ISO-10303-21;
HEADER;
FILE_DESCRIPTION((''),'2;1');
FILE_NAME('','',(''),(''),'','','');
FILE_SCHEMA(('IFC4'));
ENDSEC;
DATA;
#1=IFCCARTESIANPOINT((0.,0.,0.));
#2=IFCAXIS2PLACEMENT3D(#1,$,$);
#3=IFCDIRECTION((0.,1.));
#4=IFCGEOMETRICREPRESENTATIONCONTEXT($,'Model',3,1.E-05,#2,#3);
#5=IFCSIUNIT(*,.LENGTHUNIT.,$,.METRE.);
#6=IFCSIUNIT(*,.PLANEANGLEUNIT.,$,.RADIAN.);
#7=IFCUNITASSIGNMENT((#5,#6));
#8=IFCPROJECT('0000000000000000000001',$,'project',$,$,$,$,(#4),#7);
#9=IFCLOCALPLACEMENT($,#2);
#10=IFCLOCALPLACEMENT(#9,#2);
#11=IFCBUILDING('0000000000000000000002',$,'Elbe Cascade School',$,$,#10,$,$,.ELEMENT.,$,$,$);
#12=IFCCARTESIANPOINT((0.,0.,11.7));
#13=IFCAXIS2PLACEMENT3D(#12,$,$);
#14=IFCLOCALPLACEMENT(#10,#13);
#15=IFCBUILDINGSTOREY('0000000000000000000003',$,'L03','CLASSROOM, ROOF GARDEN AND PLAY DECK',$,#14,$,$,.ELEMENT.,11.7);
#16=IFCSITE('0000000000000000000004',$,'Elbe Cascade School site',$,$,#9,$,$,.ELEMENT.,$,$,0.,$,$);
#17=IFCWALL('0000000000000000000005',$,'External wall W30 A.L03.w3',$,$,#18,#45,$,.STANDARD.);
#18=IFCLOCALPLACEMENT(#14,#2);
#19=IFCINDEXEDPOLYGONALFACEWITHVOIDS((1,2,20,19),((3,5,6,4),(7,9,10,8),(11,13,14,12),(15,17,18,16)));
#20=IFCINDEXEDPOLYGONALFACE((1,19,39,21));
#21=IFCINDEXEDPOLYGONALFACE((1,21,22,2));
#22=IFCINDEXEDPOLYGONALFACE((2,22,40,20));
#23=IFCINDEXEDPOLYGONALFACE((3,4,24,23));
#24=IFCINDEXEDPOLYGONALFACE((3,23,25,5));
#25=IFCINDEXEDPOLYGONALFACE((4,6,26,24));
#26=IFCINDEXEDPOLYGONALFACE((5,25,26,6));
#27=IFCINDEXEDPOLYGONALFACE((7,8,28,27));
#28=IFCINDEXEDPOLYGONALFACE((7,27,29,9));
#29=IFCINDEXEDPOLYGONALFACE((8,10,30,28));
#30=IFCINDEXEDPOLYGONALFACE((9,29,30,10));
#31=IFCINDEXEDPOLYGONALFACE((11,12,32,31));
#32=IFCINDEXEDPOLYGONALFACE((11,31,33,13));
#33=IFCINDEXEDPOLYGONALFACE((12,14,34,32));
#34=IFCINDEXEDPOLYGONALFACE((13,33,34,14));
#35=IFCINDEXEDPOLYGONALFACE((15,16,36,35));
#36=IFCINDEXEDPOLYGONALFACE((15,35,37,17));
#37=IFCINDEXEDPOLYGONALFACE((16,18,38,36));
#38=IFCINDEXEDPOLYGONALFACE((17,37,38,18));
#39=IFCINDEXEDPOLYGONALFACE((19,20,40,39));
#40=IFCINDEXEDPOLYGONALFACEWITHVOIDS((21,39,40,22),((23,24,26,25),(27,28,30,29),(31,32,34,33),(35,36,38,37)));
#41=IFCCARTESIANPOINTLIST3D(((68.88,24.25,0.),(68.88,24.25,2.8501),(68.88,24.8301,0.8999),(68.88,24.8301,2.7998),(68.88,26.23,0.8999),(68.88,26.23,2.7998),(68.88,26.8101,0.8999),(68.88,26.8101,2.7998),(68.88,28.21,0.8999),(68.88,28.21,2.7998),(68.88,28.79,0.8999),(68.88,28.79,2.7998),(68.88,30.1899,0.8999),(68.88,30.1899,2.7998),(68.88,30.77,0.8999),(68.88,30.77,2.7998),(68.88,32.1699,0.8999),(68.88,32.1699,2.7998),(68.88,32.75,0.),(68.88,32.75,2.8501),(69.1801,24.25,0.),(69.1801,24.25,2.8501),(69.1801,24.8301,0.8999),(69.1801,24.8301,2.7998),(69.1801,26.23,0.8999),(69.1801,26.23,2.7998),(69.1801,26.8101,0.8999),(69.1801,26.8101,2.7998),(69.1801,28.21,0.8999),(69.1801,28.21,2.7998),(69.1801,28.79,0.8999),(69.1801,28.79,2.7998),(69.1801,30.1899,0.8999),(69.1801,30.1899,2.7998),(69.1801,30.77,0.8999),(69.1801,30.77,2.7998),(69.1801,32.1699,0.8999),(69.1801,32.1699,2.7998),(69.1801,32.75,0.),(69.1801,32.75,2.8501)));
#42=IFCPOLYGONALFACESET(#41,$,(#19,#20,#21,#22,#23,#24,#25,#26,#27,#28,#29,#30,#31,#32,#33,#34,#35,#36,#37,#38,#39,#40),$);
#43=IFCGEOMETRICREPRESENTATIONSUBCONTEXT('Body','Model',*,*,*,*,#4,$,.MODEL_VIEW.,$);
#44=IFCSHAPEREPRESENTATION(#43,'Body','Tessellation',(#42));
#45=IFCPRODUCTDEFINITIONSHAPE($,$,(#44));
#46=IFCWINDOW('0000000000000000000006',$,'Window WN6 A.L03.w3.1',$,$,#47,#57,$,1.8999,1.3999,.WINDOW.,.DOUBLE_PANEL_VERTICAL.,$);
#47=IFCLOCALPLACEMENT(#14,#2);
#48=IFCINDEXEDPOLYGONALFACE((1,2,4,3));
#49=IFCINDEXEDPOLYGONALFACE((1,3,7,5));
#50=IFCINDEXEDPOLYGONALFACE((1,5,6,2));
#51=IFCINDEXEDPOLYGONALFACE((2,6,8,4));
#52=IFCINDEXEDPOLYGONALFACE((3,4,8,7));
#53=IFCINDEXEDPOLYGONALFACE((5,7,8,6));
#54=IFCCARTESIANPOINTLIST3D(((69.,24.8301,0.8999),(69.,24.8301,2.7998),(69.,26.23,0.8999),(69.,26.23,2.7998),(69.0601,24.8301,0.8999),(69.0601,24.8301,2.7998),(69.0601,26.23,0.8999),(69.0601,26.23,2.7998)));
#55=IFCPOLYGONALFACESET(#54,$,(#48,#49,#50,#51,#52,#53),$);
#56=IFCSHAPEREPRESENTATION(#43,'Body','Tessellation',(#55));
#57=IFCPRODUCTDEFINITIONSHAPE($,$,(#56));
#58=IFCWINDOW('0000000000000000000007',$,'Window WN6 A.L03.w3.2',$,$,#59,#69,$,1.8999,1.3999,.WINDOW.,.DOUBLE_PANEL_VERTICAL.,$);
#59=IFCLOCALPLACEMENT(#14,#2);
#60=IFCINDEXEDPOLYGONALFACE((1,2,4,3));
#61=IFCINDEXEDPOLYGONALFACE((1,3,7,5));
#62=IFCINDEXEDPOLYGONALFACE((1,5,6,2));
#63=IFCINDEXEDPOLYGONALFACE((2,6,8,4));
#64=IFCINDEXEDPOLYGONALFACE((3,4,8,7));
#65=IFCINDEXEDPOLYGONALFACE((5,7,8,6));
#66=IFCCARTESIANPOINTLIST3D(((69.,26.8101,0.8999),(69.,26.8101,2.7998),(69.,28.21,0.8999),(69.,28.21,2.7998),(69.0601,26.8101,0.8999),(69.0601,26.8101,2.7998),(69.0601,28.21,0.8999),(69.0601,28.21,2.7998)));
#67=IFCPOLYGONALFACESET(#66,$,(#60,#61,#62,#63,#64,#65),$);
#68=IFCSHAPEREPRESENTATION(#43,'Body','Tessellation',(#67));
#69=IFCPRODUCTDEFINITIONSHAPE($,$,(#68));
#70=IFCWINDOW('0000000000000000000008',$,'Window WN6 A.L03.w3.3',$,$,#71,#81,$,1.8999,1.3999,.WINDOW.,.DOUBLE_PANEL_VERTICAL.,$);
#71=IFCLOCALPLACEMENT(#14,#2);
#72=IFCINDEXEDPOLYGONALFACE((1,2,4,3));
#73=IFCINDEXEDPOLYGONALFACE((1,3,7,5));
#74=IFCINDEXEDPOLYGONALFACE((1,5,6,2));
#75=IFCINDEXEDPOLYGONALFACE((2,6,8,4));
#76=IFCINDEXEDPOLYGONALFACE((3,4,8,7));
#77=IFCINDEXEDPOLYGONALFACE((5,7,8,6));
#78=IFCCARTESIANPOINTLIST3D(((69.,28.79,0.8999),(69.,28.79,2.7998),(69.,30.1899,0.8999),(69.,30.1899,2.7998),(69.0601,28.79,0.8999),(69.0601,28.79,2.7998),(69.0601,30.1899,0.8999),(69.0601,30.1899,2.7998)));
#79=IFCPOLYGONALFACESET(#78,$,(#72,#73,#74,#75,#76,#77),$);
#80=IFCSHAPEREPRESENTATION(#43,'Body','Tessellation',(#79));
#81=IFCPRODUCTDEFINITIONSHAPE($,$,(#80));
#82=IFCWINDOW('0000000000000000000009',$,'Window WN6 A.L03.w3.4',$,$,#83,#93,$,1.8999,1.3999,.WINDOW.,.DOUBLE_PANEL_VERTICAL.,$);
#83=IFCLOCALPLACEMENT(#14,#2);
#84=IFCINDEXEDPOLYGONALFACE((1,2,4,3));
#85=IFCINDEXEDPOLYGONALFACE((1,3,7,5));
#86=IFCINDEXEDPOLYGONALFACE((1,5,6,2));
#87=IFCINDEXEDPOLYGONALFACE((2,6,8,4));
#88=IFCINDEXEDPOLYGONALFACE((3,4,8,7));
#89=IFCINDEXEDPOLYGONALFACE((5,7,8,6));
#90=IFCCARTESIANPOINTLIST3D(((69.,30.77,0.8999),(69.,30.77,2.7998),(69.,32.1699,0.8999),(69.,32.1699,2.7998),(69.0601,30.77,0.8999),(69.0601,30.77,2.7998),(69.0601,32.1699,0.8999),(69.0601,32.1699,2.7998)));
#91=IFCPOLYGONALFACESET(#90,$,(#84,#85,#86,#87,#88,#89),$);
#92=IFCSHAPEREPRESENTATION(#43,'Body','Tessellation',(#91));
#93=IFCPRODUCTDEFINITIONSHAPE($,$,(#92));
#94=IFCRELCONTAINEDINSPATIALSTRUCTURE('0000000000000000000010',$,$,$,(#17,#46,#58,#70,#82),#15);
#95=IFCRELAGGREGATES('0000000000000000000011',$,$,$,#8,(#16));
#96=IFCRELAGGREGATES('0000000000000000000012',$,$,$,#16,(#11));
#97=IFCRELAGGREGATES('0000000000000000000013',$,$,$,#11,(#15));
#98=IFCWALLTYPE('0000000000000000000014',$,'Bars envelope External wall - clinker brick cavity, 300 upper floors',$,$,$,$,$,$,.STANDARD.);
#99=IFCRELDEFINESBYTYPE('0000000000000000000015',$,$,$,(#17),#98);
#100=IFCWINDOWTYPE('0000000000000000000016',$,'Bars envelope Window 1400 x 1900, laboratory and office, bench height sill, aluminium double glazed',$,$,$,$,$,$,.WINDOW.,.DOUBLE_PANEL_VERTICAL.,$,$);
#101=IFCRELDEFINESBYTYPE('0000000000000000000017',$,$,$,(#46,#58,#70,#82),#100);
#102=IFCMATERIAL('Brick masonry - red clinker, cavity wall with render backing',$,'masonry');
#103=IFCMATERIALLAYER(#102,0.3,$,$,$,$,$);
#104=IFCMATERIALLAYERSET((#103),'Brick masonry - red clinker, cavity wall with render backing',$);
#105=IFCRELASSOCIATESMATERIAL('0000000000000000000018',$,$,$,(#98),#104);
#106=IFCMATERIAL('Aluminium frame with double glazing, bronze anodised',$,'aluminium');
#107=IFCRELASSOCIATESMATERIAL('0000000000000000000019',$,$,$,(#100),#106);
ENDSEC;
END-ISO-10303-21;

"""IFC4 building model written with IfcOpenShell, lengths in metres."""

from ifc_helpers import new_model, si_unit, direction, frame, frame_2d, origin, place, context, subcontext, project, spatial, rectangle, extrude, material, layer, layer_set, type_object, element, fill, save


model = new_model("IFC4")

# Units and contexts
model_context = context("Model", 3, precision=1e-05, world=origin(), true_north=direction((0.0, 1.0)))
body_context = subcontext(model_context, "Body", "Model", "MODEL_VIEW")
ifc_project = project(units=[si_unit("LENGTHUNIT", "METRE"), si_unit("PLANEANGLEUNIT", "RADIAN")], contexts=[model_context])

# Site, building, storey
site_placement = place(None, origin())
site = spatial("IfcSite", under=ifc_project, at=site_placement, Name="Elbe Cascade School site", CompositionType="ELEMENT", RefElevation=0.0)
building_placement = place(site_placement, origin())
building = spatial("IfcBuilding", under=site, at=building_placement, Name="Elbe Cascade School", CompositionType="ELEMENT")
storey_placement = place(building_placement, frame((0.0, 0.0, 11.7)))
storey = spatial("IfcBuildingStorey", under=building, at=storey_placement, Name="L03", Description="CLASSROOM, ROOF GARDEN AND PLAY DECK", CompositionType="ELEMENT", Elevation=11.7)

# Wall, openings, windows
ifc_material_1 = material(Name="Brick masonry - red clinker, cavity wall with render backing", Category="masonry")
ifc_layer_1 = layer(ifc_material_1, 0.3)
ifc_layer_set_1 = layer_set([ifc_layer_1], Name="Brick masonry - red clinker, cavity wall with render backing")
wall_type_1 = type_object("IfcWallType", Name="Bars envelope External wall - clinker brick cavity, 300 upper floors", PredefinedType="STANDARD", material=ifc_layer_set_1)
ifc_material_2 = material(Name="Aluminium frame with double glazing, bronze anodised", Category="aluminium")
window_type = type_object("IfcWindowType", Name="Bars envelope Window 1400 x 1900, laboratory and office, bench height sill, aluminium double glazed", PartitioningType="DOUBLE_PANEL_VERTICAL", PredefinedType="WINDOW", material=ifc_material_2)
wall_1_placement = place(storey_placement, frame((69.03, 24.25, 0.0), z_axis=(0.0, 0.0, 1.0), x_axis=(0.0, 1.0, 0.0)))
wall_1 = element("IfcWall", 1, at=wall_1_placement, inside=storey, type_object=wall_type_1, Name="External wall W30 A.L03.w3", PredefinedType="STANDARD", context=body_context, shape_type="SweptSolid", body=[
    extrude(rectangle(XDim=8.5, YDim=0.3, at=frame_2d((4.25, 0.0))), origin(), (0.0, 0.0, 1.0), 2.8501),
])
opening_1_placement = place(wall_1_placement, frame((0.5801, 0.0, 0.8999)))
opening_1 = element("IfcOpeningElement", 2, at=opening_1_placement, cuts=wall_1, PredefinedType="OPENING", context=body_context, shape_type="SweptSolid", body=[
    extrude(rectangle(XDim=1.3999, YDim=1.8999, at=frame_2d((0.7, 0.95))), frame((0.0, 0.1599, 0.0), z_axis=(0.0, -1.0, 0.0), x_axis=(1.0, 0.0, 0.0)), (0.0, 0.0, 1.0), 0.3201),
])
opening_2_placement = place(wall_1_placement, frame((2.5601, 0.0, 0.8999)))
opening_2 = element("IfcOpeningElement", 3, at=opening_2_placement, cuts=wall_1, PredefinedType="OPENING", context=body_context, shape_type="SweptSolid", body=[
    extrude(rectangle(XDim=1.3999, YDim=1.8999, at=frame_2d((0.7, 0.95))), frame((0.0, 0.1599, 0.0), z_axis=(0.0, -1.0, 0.0), x_axis=(1.0, 0.0, 0.0)), (0.0, 0.0, 1.0), 0.3201),
])
opening_3_placement = place(wall_1_placement, frame((4.54, 0.0, 0.8999)))
opening_3 = element("IfcOpeningElement", 4, at=opening_3_placement, cuts=wall_1, PredefinedType="OPENING", context=body_context, shape_type="SweptSolid", body=[
    extrude(rectangle(XDim=1.3999, YDim=1.8999, at=frame_2d((0.7, 0.95))), frame((0.0, 0.1599, 0.0), z_axis=(0.0, -1.0, 0.0), x_axis=(1.0, 0.0, 0.0)), (0.0, 0.0, 1.0), 0.3201),
])
opening_4_placement = place(wall_1_placement, frame((6.52, 0.0, 0.8999)))
opening_4 = element("IfcOpeningElement", 5, at=opening_4_placement, cuts=wall_1, PredefinedType="OPENING", context=body_context, shape_type="SweptSolid", body=[
    extrude(rectangle(XDim=1.3999, YDim=1.8999, at=frame_2d((0.7, 0.95))), frame((0.0, 0.1599, 0.0), z_axis=(0.0, -1.0, 0.0), x_axis=(1.0, 0.0, 0.0)), (0.0, 0.0, 1.0), 0.3201),
])
window_1_placement = place(opening_1_placement, origin())
window_1 = element("IfcWindow", 6, at=window_1_placement, inside=storey, type_object=window_type, Name="Window WN6 A.L03.w3.1", OverallHeight=1.8999, OverallWidth=1.3999, PartitioningType="DOUBLE_PANEL_VERTICAL", PredefinedType="WINDOW", context=body_context, shape_type="SweptSolid", body=[
    extrude(rectangle(XDim=1.3999, YDim=1.8999, at=frame_2d((0.7, 0.95))), frame((0.0, 0.03, 0.0), z_axis=(0.0, -1.0, 0.0), x_axis=(1.0, 0.0, 0.0)), (0.0, 0.0, 1.0), 0.0601),
])
fill(opening_1, window_1)
window_2_placement = place(opening_2_placement, origin())
window_2 = element("IfcWindow", 7, at=window_2_placement, inside=storey, type_object=window_type, Name="Window WN6 A.L03.w3.2", OverallHeight=1.8999, OverallWidth=1.3999, PartitioningType="DOUBLE_PANEL_VERTICAL", PredefinedType="WINDOW", context=body_context, shape_type="SweptSolid", body=[
    extrude(rectangle(XDim=1.3999, YDim=1.8999, at=frame_2d((0.7, 0.95))), frame((0.0, 0.03, 0.0), z_axis=(0.0, -1.0, 0.0), x_axis=(1.0, 0.0, 0.0)), (0.0, 0.0, 1.0), 0.0601),
])
fill(opening_2, window_2)
window_3_placement = place(opening_3_placement, origin())
window_3 = element("IfcWindow", 8, at=window_3_placement, inside=storey, type_object=window_type, Name="Window WN6 A.L03.w3.3", OverallHeight=1.8999, OverallWidth=1.3999, PartitioningType="DOUBLE_PANEL_VERTICAL", PredefinedType="WINDOW", context=body_context, shape_type="SweptSolid", body=[
    extrude(rectangle(XDim=1.3999, YDim=1.8999, at=frame_2d((0.7, 0.95))), frame((0.0, 0.03, 0.0), z_axis=(0.0, -1.0, 0.0), x_axis=(1.0, 0.0, 0.0)), (0.0, 0.0, 1.0), 0.0601),
])
fill(opening_3, window_3)
window_4_placement = place(opening_4_placement, origin())
window_4 = element("IfcWindow", 9, at=window_4_placement, inside=storey, type_object=window_type, Name="Window WN6 A.L03.w3.4", OverallHeight=1.8999, OverallWidth=1.3999, PartitioningType="DOUBLE_PANEL_VERTICAL", PredefinedType="WINDOW", context=body_context, shape_type="SweptSolid", body=[
    extrude(rectangle(XDim=1.3999, YDim=1.8999, at=frame_2d((0.7, 0.95))), frame((0.0, 0.03, 0.0), z_axis=(0.0, -1.0, 0.0), x_axis=(1.0, 0.0, 0.0)), (0.0, 0.0, 1.0), 0.0601),
])
fill(opening_4, window_4)

save(model, "model.ifc")
